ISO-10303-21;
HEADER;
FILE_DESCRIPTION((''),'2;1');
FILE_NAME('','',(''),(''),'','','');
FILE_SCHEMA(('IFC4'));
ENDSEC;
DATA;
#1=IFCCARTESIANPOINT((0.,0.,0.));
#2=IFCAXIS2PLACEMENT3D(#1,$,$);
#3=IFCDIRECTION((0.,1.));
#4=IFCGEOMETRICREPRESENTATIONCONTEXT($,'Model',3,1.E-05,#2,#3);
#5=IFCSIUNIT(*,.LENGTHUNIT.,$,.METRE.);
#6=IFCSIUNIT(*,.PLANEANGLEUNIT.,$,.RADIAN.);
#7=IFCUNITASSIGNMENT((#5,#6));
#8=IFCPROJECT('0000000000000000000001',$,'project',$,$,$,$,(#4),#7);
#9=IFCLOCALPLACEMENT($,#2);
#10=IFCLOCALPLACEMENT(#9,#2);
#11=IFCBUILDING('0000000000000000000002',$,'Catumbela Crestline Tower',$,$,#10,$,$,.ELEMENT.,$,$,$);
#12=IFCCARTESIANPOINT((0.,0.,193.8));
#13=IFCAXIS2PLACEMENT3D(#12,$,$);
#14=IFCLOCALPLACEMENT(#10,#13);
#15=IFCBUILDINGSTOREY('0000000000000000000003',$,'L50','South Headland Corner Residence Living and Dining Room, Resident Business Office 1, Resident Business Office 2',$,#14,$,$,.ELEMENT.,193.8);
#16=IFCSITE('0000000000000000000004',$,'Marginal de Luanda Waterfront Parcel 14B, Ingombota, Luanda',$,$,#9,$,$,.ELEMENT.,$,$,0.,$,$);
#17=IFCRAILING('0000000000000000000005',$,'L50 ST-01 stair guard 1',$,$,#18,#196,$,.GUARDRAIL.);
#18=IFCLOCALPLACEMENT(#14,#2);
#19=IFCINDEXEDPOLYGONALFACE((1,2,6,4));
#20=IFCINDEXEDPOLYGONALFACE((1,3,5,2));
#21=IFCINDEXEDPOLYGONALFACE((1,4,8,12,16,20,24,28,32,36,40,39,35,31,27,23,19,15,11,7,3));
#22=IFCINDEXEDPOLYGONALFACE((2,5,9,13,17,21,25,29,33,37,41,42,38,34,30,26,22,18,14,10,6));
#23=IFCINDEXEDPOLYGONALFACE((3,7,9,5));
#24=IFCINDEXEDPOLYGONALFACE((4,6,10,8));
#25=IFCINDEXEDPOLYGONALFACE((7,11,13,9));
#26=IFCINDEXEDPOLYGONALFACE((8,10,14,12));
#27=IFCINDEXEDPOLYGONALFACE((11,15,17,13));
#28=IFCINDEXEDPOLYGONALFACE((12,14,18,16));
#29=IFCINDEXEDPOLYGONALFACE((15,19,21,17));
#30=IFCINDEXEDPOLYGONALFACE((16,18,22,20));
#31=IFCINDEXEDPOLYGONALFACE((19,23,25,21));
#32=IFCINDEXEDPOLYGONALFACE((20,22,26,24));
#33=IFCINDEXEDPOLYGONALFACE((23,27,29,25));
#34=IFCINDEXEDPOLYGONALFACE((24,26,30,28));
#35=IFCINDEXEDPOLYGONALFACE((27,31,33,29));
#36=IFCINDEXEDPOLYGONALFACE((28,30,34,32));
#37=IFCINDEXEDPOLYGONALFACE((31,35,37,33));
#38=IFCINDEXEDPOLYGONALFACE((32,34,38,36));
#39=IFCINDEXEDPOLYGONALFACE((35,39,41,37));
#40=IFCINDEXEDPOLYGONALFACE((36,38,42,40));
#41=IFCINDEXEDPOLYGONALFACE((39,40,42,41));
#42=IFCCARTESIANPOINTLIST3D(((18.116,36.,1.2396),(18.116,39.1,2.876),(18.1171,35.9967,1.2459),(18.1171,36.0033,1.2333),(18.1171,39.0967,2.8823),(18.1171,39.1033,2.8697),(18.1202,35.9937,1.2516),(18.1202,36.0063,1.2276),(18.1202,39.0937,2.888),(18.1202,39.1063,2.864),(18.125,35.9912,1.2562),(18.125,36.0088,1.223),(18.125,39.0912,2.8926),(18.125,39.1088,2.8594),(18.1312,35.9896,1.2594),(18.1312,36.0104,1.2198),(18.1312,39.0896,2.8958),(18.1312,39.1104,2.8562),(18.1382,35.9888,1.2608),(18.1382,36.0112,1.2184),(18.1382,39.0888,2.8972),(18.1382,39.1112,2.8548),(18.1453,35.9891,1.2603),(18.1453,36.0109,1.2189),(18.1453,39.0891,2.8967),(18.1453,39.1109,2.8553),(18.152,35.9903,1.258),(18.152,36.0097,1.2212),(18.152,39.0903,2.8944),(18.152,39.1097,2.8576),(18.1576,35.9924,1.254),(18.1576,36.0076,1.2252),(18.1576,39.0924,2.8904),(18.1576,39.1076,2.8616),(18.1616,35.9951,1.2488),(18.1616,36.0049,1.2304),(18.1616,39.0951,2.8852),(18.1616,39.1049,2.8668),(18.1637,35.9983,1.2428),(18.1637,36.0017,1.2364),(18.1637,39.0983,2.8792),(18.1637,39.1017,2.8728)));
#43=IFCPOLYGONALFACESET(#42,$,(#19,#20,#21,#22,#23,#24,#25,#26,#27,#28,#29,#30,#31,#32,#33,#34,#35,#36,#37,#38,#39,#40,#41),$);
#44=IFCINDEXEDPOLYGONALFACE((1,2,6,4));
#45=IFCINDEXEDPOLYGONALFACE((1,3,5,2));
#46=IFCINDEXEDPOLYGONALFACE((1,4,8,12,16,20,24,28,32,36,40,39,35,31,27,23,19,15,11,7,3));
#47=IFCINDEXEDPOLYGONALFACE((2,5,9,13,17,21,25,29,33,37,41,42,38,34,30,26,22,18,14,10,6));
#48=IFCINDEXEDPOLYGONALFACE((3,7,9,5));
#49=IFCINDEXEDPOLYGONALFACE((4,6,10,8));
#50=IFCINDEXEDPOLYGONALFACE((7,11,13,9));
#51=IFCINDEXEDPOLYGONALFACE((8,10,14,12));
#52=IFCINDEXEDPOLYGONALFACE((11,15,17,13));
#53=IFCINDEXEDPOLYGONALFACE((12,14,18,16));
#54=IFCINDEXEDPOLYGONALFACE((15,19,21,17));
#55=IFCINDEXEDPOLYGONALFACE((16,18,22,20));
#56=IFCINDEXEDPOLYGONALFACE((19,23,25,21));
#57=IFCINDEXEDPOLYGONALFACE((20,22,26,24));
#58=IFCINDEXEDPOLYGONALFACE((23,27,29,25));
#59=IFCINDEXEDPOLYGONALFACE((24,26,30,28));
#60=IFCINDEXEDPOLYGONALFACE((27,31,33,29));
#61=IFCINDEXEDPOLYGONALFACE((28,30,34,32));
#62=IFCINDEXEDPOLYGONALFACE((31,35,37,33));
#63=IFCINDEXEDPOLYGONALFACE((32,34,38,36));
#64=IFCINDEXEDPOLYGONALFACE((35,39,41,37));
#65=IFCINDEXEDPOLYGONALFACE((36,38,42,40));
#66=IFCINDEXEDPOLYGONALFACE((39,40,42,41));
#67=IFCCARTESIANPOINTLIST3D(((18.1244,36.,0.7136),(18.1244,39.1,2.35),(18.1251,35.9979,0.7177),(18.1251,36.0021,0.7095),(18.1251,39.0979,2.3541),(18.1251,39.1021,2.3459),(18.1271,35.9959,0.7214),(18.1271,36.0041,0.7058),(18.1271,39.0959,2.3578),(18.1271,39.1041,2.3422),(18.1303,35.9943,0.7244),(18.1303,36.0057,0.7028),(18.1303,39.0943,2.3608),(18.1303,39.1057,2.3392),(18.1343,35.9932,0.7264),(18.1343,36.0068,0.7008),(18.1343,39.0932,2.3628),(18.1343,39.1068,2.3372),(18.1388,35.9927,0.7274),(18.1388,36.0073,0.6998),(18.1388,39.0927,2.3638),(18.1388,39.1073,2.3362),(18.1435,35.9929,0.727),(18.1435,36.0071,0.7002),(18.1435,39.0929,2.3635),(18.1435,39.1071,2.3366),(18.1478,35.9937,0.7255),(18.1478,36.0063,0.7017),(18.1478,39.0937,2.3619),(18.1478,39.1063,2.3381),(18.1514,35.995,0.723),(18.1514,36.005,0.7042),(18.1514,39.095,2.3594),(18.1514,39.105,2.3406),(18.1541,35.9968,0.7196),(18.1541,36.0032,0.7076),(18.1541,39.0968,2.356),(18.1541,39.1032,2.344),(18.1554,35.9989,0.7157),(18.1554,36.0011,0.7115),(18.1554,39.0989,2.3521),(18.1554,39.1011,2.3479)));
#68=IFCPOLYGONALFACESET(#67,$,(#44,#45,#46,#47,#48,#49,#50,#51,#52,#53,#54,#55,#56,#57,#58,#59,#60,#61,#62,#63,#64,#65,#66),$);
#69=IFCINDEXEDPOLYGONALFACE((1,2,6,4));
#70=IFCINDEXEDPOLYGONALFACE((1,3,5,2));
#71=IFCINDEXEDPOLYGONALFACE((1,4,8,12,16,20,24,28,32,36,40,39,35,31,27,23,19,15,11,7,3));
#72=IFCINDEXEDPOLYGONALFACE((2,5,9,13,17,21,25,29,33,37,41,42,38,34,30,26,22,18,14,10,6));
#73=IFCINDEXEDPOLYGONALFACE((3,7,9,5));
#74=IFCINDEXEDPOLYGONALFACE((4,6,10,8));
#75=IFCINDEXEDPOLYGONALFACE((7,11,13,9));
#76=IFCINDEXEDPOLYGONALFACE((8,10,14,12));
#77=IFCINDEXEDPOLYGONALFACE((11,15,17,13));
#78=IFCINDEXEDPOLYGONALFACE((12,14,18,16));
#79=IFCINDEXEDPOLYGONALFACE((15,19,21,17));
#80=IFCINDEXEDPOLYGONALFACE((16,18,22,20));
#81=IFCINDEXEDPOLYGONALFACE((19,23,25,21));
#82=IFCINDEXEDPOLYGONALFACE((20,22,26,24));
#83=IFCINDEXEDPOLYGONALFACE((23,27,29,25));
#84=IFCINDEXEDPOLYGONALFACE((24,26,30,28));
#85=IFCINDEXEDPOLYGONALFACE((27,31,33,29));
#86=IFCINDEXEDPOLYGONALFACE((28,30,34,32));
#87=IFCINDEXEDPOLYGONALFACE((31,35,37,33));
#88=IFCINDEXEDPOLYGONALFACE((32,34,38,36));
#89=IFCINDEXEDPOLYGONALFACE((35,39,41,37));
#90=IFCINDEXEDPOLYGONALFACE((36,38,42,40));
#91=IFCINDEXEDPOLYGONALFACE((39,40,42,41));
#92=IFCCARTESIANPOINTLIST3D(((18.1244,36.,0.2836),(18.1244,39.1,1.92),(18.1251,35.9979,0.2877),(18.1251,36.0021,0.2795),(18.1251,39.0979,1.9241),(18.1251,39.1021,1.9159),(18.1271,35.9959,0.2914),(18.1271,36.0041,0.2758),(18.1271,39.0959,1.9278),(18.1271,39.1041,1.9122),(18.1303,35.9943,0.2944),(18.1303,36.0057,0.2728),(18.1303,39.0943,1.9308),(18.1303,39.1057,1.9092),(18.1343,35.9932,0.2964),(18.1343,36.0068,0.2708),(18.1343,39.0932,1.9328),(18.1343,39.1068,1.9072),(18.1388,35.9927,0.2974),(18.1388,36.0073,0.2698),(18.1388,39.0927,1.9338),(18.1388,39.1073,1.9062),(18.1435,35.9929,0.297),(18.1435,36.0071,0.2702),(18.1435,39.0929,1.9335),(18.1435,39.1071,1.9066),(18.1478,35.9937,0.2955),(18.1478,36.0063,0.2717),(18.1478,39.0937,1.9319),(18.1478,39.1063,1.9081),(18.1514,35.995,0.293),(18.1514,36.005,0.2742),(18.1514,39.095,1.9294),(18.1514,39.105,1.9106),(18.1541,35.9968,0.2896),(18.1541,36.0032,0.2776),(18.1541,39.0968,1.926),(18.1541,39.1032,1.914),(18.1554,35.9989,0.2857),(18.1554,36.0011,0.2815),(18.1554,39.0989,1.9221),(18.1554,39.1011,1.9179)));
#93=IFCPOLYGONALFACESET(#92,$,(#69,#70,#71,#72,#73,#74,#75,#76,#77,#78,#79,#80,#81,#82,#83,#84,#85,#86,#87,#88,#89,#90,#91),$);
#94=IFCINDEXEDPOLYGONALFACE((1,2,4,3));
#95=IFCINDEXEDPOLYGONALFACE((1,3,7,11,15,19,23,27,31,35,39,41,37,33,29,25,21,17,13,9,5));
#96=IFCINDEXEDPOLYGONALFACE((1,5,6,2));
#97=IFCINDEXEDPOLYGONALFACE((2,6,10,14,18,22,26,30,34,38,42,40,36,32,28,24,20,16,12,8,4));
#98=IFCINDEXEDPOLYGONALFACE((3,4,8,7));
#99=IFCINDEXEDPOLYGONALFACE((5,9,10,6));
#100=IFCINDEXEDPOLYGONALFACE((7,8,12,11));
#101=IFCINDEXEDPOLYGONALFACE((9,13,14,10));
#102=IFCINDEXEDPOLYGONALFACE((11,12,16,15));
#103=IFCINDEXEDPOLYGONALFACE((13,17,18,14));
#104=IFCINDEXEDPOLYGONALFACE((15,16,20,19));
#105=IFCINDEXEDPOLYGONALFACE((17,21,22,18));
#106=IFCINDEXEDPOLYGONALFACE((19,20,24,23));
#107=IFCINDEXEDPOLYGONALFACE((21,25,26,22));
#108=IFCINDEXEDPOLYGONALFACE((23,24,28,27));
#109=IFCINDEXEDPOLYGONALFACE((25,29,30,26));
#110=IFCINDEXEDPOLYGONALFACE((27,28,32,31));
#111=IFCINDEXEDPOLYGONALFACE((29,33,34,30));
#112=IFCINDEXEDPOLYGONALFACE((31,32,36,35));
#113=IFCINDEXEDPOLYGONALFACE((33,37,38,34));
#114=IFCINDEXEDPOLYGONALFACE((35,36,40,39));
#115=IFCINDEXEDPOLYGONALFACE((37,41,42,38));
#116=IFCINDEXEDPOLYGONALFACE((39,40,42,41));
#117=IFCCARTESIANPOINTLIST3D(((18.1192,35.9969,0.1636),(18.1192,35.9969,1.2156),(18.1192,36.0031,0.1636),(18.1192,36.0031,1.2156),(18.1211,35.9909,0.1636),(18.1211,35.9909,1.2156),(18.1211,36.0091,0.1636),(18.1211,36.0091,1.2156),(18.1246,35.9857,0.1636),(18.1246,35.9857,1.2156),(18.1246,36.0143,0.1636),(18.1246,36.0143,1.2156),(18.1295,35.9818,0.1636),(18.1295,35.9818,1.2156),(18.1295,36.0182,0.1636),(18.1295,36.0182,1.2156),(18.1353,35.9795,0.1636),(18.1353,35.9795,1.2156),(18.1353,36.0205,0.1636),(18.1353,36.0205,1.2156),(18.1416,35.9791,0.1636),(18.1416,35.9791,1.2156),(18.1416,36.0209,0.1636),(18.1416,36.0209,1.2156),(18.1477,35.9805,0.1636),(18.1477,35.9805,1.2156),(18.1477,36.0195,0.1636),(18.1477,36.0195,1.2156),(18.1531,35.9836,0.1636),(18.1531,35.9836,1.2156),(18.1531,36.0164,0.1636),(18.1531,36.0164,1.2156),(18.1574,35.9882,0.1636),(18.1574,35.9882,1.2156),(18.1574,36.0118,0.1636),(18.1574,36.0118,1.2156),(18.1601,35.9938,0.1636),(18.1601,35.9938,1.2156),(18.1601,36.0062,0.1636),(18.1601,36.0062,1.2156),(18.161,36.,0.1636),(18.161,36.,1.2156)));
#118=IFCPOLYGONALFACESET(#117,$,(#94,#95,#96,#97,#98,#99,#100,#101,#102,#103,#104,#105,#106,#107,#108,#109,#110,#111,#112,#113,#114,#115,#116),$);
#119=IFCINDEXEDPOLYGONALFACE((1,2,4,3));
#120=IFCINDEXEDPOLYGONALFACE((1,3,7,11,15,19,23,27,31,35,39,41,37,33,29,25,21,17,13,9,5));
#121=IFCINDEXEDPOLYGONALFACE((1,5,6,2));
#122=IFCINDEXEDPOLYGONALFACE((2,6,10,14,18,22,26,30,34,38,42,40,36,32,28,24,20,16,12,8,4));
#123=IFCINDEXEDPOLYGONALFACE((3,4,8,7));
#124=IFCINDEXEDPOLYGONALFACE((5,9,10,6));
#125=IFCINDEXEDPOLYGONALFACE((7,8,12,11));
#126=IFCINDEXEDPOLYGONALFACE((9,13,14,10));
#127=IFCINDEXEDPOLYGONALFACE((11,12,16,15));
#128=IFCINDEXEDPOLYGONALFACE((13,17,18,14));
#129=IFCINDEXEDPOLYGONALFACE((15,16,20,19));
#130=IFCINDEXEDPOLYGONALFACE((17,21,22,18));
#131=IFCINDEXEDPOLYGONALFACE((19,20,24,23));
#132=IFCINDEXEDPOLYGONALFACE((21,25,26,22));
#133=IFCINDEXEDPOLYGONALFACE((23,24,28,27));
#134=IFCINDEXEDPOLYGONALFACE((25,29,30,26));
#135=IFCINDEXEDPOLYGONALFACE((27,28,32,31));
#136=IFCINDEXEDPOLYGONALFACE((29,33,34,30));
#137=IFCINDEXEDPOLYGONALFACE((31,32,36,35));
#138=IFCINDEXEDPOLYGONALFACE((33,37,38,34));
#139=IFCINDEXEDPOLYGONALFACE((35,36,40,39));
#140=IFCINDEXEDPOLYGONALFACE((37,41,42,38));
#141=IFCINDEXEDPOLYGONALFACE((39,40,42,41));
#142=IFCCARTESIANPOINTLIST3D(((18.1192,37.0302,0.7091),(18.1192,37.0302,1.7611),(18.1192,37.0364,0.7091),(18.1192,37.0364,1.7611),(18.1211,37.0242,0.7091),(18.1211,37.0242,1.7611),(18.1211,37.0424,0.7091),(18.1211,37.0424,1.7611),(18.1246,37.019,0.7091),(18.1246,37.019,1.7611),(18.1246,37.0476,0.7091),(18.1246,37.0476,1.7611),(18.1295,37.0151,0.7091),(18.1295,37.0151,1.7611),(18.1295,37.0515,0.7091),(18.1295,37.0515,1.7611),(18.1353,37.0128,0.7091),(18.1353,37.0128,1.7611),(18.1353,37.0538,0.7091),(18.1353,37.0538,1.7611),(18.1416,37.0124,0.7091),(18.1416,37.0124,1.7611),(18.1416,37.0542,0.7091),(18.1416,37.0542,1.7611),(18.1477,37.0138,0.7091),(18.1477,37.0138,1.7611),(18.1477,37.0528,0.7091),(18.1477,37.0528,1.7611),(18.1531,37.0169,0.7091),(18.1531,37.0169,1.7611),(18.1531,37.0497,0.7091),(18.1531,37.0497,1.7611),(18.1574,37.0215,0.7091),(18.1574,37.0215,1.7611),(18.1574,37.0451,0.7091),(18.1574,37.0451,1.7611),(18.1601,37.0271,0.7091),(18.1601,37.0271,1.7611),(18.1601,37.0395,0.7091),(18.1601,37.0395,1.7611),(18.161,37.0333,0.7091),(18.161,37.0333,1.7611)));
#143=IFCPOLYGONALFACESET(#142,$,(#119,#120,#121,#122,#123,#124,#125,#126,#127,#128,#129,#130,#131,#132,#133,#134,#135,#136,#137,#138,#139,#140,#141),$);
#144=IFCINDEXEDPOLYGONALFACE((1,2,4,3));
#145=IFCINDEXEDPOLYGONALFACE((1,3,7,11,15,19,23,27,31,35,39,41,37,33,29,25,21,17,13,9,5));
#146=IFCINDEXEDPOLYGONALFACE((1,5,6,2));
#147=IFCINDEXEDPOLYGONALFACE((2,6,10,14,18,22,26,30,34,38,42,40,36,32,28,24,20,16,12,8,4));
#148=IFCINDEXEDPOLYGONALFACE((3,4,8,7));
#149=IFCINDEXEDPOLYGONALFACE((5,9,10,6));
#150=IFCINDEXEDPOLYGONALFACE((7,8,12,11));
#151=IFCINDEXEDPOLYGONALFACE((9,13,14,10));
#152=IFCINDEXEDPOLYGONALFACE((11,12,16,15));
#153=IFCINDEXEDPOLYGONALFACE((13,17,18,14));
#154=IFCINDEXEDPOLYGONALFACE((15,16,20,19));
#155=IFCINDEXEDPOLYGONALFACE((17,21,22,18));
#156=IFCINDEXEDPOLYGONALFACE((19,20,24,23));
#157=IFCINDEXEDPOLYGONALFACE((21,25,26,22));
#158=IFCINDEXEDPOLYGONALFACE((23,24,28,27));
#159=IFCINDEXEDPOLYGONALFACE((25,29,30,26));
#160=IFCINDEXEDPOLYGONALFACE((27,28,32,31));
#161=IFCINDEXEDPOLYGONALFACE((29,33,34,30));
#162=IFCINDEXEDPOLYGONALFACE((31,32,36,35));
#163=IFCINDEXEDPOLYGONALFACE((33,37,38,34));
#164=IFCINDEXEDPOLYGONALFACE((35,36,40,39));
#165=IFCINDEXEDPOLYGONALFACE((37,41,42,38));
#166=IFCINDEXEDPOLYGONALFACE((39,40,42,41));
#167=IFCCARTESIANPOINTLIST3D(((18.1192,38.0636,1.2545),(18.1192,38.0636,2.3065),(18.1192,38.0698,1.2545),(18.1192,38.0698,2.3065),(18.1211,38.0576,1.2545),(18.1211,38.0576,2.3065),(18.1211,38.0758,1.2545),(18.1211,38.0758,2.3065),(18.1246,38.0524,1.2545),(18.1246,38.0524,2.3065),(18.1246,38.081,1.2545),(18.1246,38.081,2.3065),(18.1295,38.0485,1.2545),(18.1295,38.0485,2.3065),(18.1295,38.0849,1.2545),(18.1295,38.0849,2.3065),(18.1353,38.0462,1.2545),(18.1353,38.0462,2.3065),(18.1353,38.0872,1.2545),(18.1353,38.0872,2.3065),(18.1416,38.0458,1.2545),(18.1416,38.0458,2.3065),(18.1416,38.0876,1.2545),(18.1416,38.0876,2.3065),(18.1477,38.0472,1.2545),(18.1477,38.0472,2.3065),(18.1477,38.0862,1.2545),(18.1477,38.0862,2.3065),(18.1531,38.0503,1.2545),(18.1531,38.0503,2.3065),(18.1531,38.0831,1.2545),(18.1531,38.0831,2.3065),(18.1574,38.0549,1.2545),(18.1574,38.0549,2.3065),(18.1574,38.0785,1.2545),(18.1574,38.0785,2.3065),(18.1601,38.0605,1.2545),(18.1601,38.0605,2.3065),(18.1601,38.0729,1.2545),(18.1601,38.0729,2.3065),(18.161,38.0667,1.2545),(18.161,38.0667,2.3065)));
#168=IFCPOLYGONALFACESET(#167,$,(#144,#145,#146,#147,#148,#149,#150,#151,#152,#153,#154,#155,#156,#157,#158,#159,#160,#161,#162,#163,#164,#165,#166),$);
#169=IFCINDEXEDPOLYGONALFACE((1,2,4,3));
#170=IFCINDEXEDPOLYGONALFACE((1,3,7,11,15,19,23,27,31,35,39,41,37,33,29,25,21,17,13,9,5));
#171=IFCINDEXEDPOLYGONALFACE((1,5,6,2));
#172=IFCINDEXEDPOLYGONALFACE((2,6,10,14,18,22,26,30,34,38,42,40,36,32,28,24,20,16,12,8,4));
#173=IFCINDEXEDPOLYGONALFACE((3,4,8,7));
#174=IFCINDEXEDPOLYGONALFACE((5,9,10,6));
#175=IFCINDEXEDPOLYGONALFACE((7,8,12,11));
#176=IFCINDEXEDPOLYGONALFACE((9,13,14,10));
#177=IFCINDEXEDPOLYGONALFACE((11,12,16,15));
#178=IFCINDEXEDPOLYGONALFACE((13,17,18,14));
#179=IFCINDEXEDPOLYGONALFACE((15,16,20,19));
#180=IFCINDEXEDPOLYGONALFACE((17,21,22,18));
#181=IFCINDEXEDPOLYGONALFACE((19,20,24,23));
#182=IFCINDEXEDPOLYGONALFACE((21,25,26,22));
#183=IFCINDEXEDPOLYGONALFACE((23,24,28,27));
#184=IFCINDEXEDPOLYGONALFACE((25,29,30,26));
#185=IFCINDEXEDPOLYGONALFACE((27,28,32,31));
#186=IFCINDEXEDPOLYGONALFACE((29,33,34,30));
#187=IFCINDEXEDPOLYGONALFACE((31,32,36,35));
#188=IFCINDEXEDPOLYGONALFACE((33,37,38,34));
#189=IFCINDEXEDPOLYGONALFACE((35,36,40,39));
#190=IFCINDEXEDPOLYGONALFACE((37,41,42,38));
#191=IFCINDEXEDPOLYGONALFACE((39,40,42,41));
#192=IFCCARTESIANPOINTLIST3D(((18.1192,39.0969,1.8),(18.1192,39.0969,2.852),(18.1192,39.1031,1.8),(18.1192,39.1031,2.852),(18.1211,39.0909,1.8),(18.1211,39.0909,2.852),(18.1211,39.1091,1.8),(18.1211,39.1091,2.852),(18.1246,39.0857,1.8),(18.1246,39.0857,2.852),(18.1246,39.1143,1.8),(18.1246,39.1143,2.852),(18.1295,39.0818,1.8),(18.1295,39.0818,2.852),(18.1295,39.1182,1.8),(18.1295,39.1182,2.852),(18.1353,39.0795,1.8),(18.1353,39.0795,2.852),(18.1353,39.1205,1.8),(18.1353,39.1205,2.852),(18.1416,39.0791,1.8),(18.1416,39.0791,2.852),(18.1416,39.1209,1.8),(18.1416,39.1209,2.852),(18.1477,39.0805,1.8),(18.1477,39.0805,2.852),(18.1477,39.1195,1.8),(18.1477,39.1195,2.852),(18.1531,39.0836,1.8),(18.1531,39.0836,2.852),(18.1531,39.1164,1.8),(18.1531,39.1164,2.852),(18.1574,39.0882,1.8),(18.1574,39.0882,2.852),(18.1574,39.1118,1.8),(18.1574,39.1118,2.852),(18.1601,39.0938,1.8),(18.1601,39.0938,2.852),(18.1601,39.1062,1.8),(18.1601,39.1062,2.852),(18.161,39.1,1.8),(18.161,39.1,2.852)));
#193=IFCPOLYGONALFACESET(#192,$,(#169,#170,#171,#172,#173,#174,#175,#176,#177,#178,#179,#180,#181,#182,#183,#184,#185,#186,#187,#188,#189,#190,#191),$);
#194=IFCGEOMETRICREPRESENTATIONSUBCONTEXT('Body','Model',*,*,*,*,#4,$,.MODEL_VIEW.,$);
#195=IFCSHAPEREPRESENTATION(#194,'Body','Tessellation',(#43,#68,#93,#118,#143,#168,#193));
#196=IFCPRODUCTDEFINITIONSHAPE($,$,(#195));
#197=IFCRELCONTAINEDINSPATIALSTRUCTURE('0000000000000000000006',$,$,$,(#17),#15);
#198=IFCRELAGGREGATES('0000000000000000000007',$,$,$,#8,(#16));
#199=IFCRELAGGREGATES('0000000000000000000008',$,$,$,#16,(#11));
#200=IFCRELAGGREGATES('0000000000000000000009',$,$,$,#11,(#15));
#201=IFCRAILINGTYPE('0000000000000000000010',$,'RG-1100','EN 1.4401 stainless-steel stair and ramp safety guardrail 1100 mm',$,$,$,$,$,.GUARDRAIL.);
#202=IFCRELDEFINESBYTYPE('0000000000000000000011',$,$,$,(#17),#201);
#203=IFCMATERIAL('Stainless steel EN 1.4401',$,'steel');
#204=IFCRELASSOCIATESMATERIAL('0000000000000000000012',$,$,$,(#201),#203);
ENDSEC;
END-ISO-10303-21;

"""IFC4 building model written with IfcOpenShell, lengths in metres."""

from ifc_helpers import new_model, si_unit, direction, frame, origin, origin_2d, place, context, subcontext, project, spatial, circle, extrude, material, type_object, element, save


model = new_model("IFC4")

# Units and contexts
model_context = context("Model", 3, precision=1e-05, world=origin(), true_north=direction((0.0, 1.0)))
body_context = subcontext(model_context, "Body", "Model", "MODEL_VIEW")
ifc_project = project(units=[si_unit("LENGTHUNIT", "METRE"), si_unit("PLANEANGLEUNIT", "RADIAN")], contexts=[model_context])

# Site, building, storey
site_placement = place(None, origin())
site = spatial("IfcSite", under=ifc_project, at=site_placement, Name="Marginal de Luanda Waterfront Parcel 14B, Ingombota, Luanda", CompositionType="ELEMENT", RefElevation=0.0)
building_placement = place(site_placement, origin())
building = spatial("IfcBuilding", under=site, at=building_placement, Name="Catumbela Crestline Tower", CompositionType="ELEMENT")
storey_placement = place(building_placement, frame((0.0, 0.0, 193.8)))
storey = spatial("IfcBuildingStorey", under=building, at=storey_placement, Name="L50", Description="South Headland Corner Residence Living and Dining Room, Resident Business Office 1, Resident Business Office 2", CompositionType="ELEMENT", Elevation=193.8)

# Shared definitions
ifc_material_1 = material(Name="Stainless steel EN 1.4401", Category="steel")

# Railing
railing_type_1 = type_object("IfcRailingType", Name="RG-1100", Description="EN 1.4401 stainless-steel stair and ramp safety guardrail 1100 mm", PredefinedType="GUARDRAIL", material=ifc_material_1)
railing_1_placement = place(storey_placement, frame((18.14, 36.0, 0.1636)))
element("IfcRailing", 1, at=railing_1_placement, inside=storey, type_object=railing_type_1, Name="L50 ST-01 stair guard 1", PredefinedType="GUARDRAIL", context=body_context, shape_type="SweptSolid", body=[
    extrude(circle(Radius=0.024, at=origin_2d()), frame((0.0, 0.0, 1.076), z_axis=(0.0, 0.884351, 0.466823), x_axis=(-1.0, 0.0, 0.0)), (0.0, 0.0, 1.0), 3.5054),
    extrude(circle(Radius=0.0156, at=origin_2d()), frame((0.0, 0.0, 0.55), z_axis=(0.0, 0.884351, 0.466823), x_axis=(-1.0, 0.0, 0.0)), (0.0, 0.0, 1.0), 3.5054),
    extrude(circle(Radius=0.0156, at=origin_2d()), frame((0.0, 0.0, 0.12), z_axis=(0.0, 0.884351, 0.466823), x_axis=(-1.0, 0.0, 0.0)), (0.0, 0.0, 1.0), 3.5054),
    extrude(circle(Radius=0.021, at=origin_2d()), origin(), (0.0, 0.0, 1.0), 1.052),
    extrude(circle(Radius=0.021, at=origin_2d()), frame((0.0, 1.0333, 0.5455)), (0.0, 0.0, 1.0), 1.052),
    extrude(circle(Radius=0.021, at=origin_2d()), frame((0.0, 2.0667, 1.0909)), (0.0, 0.0, 1.0), 1.052),
    extrude(circle(Radius=0.021, at=origin_2d()), frame((0.0, 3.1, 1.6364)), (0.0, 0.0, 1.0), 1.052),
])

save(model, "model.ifc")
